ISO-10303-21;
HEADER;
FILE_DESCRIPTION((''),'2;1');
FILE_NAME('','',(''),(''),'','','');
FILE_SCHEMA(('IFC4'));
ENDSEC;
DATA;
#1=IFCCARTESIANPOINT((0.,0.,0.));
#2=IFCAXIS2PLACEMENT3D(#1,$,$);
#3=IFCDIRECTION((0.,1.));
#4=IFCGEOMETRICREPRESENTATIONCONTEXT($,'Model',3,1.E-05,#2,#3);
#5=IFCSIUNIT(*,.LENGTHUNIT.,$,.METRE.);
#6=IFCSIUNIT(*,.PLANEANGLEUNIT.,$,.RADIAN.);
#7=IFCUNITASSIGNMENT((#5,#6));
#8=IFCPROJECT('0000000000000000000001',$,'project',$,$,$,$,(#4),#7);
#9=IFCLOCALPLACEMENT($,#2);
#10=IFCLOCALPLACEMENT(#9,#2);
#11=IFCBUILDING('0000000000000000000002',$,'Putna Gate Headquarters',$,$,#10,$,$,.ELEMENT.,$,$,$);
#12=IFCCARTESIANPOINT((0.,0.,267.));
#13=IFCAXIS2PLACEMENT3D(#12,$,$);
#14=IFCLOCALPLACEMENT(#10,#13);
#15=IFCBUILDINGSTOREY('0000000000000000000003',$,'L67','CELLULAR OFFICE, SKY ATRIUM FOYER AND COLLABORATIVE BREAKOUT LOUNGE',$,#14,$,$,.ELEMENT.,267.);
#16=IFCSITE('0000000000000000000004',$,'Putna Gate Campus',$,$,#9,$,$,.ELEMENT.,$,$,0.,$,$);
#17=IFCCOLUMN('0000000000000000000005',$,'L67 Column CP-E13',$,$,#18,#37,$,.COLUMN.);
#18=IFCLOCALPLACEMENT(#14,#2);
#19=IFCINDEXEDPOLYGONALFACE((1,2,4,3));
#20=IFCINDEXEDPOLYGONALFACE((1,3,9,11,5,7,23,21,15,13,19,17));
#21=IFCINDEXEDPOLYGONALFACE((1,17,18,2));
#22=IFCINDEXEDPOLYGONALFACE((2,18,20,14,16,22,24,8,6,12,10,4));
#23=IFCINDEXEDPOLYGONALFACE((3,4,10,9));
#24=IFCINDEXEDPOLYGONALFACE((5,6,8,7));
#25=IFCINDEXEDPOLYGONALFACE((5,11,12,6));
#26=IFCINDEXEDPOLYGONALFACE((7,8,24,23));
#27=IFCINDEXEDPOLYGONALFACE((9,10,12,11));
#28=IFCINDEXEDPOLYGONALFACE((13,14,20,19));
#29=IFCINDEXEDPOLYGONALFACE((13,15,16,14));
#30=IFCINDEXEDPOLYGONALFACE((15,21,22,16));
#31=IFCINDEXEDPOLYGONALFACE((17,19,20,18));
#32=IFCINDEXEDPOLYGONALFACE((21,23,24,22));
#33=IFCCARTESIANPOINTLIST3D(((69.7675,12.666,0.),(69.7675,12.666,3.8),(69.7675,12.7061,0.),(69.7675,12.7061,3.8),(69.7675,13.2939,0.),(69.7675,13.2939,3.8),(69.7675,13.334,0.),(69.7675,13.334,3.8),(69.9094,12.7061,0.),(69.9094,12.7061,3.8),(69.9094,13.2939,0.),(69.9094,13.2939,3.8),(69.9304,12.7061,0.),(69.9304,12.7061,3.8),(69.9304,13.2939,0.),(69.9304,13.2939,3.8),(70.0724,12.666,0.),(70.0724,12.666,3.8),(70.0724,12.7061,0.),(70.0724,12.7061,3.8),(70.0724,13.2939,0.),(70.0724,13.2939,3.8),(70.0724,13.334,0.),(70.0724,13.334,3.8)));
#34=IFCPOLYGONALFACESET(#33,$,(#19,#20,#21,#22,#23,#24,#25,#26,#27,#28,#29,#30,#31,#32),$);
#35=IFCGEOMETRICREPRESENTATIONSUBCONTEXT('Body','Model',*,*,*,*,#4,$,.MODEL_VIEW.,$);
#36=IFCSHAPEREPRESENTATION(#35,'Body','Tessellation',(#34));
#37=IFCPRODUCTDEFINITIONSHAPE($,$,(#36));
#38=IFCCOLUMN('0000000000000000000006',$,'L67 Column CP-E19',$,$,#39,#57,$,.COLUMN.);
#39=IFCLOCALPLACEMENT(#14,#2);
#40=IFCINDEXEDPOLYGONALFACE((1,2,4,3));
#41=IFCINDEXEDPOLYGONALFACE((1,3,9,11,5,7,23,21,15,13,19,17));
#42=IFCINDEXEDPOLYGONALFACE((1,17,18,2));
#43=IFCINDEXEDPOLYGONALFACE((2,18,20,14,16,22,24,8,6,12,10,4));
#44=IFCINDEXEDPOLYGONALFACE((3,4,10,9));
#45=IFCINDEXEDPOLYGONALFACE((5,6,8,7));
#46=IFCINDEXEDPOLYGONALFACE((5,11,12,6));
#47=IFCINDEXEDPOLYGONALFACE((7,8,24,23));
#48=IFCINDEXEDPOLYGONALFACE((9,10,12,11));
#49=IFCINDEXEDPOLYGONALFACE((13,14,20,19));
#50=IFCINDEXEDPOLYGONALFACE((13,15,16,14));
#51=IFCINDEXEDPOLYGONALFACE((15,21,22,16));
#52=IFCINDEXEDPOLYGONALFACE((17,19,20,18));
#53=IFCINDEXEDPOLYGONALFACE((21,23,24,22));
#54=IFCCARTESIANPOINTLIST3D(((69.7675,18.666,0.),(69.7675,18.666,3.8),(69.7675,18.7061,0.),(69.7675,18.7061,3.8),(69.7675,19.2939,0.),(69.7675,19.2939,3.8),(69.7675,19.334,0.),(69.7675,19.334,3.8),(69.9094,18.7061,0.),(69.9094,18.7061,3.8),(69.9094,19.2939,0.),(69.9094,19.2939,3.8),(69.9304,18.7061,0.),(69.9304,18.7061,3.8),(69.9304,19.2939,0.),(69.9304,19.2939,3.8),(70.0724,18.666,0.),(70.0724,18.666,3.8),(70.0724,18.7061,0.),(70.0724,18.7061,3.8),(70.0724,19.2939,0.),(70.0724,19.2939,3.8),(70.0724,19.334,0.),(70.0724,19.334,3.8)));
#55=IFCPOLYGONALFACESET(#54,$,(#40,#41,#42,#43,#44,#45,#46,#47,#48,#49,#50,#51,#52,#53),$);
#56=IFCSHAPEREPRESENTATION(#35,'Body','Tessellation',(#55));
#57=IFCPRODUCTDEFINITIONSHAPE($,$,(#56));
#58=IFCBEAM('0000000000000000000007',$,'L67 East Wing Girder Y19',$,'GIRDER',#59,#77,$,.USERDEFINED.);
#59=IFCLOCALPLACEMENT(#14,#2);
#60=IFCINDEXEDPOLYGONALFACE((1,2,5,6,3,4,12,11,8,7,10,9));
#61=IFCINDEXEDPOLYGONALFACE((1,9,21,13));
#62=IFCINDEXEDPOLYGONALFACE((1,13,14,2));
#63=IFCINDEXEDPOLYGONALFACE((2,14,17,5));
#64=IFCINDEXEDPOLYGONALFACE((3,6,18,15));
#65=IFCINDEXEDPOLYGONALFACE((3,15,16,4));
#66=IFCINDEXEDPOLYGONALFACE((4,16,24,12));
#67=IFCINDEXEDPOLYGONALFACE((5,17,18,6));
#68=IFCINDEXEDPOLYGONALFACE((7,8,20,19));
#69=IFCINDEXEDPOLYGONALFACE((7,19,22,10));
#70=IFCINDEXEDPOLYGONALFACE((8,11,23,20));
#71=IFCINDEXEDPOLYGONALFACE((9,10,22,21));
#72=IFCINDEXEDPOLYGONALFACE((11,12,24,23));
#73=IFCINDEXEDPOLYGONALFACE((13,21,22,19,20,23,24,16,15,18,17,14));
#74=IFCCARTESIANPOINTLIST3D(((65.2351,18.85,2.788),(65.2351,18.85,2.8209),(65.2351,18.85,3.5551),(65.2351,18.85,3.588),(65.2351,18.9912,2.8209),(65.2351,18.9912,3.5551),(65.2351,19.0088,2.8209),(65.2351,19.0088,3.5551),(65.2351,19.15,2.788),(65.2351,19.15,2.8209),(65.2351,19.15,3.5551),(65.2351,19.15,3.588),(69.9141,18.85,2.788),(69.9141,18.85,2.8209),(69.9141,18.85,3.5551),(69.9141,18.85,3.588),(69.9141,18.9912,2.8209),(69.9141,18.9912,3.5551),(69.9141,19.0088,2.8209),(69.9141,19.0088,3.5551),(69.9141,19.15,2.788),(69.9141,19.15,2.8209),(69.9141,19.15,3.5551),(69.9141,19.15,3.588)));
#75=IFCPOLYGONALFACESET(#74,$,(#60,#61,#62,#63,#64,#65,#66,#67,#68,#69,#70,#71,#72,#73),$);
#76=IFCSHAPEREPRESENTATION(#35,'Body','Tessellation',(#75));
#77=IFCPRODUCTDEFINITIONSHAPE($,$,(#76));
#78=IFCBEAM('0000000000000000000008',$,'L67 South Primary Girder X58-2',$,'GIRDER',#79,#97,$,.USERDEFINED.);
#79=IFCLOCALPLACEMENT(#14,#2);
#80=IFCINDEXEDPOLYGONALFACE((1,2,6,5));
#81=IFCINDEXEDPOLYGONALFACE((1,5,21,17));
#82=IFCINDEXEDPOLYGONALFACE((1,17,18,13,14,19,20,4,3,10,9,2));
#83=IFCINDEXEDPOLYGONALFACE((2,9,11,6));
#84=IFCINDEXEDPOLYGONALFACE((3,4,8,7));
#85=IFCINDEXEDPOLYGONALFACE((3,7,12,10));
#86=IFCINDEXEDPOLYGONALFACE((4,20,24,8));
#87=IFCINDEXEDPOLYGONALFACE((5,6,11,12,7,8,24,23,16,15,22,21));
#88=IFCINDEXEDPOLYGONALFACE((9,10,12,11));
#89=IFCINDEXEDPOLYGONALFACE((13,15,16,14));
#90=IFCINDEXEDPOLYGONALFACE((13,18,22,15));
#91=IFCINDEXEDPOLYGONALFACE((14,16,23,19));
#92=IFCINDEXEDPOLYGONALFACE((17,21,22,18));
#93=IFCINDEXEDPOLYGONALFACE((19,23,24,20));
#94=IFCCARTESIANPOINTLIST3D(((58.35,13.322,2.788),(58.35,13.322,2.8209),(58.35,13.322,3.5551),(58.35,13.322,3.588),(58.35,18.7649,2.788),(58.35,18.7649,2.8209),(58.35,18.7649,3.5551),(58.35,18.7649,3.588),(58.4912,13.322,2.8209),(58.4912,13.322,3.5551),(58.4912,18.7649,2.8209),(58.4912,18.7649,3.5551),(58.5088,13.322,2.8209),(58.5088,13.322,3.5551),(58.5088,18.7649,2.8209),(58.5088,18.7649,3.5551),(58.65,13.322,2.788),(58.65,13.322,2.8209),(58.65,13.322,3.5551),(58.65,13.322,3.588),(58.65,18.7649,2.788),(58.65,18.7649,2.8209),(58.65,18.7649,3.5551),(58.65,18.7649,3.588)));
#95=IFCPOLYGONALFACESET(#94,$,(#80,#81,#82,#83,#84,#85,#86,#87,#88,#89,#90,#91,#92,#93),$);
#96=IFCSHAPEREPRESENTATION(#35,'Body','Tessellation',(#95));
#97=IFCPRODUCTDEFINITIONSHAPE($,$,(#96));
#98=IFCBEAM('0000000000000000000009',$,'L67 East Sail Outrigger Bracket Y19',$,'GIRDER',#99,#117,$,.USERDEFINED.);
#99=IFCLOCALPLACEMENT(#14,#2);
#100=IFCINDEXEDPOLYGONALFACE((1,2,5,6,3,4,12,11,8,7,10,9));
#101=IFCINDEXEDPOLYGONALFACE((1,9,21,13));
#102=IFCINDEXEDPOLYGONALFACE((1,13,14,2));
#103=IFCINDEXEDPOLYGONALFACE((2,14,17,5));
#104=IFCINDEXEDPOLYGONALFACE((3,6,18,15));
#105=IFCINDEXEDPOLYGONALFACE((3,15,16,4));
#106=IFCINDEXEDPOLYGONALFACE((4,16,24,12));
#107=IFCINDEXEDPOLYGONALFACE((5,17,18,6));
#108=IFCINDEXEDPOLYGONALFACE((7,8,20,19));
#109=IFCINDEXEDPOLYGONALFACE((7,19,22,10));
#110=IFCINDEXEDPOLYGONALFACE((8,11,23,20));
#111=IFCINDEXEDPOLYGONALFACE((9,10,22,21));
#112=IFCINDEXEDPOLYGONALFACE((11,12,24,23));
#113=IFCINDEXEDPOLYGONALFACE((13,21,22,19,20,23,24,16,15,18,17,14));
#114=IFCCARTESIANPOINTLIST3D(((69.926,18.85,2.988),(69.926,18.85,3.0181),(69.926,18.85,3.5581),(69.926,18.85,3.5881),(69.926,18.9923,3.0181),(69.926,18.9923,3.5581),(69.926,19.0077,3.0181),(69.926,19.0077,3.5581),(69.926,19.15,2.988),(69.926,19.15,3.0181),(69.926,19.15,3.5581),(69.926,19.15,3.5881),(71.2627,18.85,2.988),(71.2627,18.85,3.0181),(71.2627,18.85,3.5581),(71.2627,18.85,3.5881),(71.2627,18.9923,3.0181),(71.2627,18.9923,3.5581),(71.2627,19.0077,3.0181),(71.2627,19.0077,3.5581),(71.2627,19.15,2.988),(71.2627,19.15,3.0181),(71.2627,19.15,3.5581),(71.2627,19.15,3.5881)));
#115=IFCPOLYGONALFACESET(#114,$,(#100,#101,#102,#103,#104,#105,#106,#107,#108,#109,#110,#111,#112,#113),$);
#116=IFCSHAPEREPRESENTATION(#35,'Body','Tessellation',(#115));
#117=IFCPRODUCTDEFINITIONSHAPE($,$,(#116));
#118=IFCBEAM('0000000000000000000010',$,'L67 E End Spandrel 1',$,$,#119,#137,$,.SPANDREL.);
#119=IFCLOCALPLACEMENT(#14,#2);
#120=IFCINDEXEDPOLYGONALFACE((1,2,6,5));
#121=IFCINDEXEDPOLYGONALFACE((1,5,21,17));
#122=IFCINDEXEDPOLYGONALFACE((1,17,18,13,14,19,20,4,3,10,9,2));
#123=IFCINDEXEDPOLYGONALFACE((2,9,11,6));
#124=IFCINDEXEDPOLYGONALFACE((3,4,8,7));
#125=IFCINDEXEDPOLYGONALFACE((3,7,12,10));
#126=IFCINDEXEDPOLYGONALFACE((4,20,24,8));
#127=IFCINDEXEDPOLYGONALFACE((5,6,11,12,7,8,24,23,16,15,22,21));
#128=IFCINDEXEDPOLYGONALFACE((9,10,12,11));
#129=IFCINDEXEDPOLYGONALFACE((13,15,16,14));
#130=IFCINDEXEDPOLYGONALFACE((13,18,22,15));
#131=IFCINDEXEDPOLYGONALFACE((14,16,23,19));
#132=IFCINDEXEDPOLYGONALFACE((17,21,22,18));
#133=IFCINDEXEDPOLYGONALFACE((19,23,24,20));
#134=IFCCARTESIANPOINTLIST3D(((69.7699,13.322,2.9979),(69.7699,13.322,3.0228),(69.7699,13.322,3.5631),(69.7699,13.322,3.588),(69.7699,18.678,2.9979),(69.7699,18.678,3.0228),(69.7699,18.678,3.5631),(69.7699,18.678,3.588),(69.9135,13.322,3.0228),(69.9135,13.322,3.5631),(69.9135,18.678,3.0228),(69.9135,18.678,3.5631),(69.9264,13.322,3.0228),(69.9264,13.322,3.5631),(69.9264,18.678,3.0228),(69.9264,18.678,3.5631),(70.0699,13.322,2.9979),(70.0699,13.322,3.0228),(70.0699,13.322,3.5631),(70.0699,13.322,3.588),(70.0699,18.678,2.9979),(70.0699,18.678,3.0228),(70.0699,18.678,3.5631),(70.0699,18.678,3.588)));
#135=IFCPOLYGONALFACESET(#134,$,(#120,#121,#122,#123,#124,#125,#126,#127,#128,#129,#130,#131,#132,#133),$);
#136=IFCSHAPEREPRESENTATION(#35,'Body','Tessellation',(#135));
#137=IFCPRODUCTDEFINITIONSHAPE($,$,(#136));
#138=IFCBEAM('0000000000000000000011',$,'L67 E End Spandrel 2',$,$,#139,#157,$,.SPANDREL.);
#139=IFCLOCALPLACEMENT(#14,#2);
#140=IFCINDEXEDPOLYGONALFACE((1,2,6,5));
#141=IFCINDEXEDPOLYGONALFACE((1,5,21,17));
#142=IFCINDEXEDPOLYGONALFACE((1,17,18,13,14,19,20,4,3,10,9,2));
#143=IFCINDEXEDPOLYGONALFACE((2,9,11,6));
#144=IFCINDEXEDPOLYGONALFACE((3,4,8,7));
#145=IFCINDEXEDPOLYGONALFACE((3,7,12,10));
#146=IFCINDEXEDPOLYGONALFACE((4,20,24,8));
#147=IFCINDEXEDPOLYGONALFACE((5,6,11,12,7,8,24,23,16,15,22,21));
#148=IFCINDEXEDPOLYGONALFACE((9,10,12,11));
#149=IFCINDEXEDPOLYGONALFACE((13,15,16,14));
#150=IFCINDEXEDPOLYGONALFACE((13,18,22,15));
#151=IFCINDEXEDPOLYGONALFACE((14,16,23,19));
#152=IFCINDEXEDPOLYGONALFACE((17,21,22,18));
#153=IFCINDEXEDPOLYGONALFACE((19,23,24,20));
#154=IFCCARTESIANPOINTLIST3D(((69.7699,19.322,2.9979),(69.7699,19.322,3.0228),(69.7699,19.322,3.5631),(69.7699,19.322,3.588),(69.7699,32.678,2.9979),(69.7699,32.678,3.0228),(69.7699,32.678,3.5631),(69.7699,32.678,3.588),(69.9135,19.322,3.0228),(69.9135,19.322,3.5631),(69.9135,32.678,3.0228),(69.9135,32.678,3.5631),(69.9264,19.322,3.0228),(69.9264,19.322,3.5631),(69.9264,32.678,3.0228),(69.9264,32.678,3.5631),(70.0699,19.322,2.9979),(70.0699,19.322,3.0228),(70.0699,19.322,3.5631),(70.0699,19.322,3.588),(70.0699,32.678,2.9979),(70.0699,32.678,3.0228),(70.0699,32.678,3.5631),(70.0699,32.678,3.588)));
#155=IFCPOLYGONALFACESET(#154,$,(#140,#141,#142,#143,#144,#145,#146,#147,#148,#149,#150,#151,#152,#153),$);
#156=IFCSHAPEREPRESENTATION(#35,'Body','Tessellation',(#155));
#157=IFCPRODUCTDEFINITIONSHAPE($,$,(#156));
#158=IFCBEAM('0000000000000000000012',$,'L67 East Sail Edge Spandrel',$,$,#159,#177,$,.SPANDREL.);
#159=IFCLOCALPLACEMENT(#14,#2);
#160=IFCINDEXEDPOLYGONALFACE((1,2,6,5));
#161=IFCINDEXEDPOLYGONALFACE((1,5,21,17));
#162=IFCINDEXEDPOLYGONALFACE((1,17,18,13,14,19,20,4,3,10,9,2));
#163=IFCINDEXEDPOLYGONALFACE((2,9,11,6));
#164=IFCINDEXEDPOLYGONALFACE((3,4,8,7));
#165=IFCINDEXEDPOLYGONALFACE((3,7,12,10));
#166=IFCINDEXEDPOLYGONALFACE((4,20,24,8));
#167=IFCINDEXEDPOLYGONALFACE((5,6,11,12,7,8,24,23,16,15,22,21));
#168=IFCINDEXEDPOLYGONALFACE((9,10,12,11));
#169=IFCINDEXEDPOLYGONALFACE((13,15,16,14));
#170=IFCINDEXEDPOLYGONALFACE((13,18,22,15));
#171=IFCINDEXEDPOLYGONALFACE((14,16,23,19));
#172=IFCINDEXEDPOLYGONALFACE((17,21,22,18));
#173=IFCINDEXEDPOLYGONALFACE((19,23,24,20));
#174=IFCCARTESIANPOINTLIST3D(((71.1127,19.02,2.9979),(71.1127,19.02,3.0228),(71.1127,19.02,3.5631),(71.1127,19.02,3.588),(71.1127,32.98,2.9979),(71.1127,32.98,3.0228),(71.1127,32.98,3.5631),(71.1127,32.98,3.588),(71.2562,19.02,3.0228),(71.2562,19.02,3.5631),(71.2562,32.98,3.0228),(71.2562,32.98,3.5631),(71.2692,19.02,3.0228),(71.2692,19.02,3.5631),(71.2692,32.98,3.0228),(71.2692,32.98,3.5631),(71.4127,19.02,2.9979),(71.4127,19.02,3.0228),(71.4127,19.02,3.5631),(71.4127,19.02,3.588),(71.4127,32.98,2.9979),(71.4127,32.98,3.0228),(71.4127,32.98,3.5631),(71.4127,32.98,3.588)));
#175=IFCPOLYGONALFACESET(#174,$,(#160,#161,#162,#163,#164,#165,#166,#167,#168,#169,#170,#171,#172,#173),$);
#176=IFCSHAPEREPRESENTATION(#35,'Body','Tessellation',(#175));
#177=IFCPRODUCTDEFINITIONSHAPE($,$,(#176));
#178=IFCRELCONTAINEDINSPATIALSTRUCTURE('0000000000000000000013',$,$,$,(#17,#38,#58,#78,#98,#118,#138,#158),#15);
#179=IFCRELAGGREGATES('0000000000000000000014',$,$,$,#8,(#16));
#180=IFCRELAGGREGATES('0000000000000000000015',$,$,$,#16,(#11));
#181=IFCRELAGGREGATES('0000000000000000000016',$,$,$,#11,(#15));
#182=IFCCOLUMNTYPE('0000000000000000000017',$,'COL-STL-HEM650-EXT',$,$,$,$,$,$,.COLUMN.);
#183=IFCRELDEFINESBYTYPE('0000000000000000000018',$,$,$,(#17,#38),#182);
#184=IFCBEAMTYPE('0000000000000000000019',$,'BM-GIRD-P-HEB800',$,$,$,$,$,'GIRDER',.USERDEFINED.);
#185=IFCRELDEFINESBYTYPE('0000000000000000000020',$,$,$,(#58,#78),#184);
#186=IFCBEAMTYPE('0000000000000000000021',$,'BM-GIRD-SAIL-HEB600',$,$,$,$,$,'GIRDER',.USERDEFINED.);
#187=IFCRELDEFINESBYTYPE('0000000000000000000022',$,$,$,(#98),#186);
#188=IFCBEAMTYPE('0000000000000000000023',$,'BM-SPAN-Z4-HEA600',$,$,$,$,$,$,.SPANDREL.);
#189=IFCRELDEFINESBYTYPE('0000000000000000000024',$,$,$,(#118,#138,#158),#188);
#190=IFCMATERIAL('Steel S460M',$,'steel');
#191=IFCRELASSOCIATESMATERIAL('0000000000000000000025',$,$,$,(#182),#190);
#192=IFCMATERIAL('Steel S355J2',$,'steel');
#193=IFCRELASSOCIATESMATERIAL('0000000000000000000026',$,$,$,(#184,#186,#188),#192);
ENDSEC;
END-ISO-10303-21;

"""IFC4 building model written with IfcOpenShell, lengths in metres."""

from ifc_helpers import new_model, si_unit, direction, frame, origin, origin_2d, place, context, subcontext, project, spatial, i_section, extrude, material, material_profile, profile_set, type_object, element, save


model = new_model("IFC4")

# Units and contexts
model_context = context("Model", 3, precision=1e-05, world=origin(), true_north=direction((0.0, 1.0)))
body_context = subcontext(model_context, "Body", "Model", "MODEL_VIEW")
ifc_project = project(units=[si_unit("LENGTHUNIT", "METRE"), si_unit("PLANEANGLEUNIT", "RADIAN")], contexts=[model_context])

# Site, building, storey
site_placement = place(None, origin())
site = spatial("IfcSite", under=ifc_project, at=site_placement, Name="Putna Gate Campus", CompositionType="ELEMENT", RefElevation=0.0)
building_placement = place(site_placement, origin())
building = spatial("IfcBuilding", under=site, at=building_placement, Name="Putna Gate Headquarters", CompositionType="ELEMENT")
storey_placement = place(building_placement, frame((0.0, 0.0, 267.0)))
storey = spatial("IfcBuildingStorey", under=building, at=storey_placement, Name="L67", Description="CELLULAR OFFICE, SKY ATRIUM FOYER AND COLLABORATIVE BREAKOUT LOUNGE", CompositionType="ELEMENT", Elevation=267.0)

# Columns
ifc_material_1 = material(Name="Steel S460M", Category="steel")
ifc_material_profile_1 = material_profile(ifc_material_1, i_section(OverallWidth=0.3049, OverallDepth=0.668, WebThickness=0.021, FlangeThickness=0.04, at=origin_2d()), Name="Steel S460M")
ifc_profile_set_1 = profile_set([ifc_material_profile_1], Name="Steel S460M")
column_type = type_object("IfcColumnType", Name="COL-STL-HEM650-EXT", PredefinedType="COLUMN", material=ifc_profile_set_1)
for number, where, z_axis, x_axis, name in (
    (1, (69.9199, 13.0, 0.0), (0.0, 0.0, 1.0), (1.0, 0.0, 0.0), "L67 Column CP-E13"),
    (2, (69.9199, 19.0, 0.0), (0.0, 0.0, 1.0), (1.0, 0.0, 0.0), "L67 Column CP-E19"),
):
    element("IfcColumn", number, at=place(storey_placement, frame(where, z_axis=z_axis, x_axis=x_axis)), inside=storey, type_object=column_type, Name=name, PredefinedType="COLUMN", context=body_context, shape_type="SweptSolid", body=[
        extrude(i_section(OverallWidth=0.3049, OverallDepth=0.668, WebThickness=0.021, FlangeThickness=0.04, at=origin_2d()), origin(), (0.0, 0.0, 1.0), 3.8),
    ])

# Beams
ifc_material_2 = material(Name="Steel S355J2", Category="steel")
ifc_material_profile_2 = material_profile(ifc_material_2, i_section(OverallWidth=0.3, OverallDepth=0.8, WebThickness=0.0176, FlangeThickness=0.033, at=origin_2d()), Name="Steel S355J2")
ifc_profile_set_2 = profile_set([ifc_material_profile_2], Name="Steel S355J2")
beam_type_1 = type_object("IfcBeamType", Name="BM-GIRD-P-HEB800", ElementType="GIRDER", PredefinedType="USERDEFINED", material=ifc_profile_set_2)
beam_1_placement = place(storey_placement, frame((65.2351, 19.0, 3.188), z_axis=(1.0, 0.0, 0.0), x_axis=(0.0, 1.0, 0.0)))
element("IfcBeam", 3, at=beam_1_placement, inside=storey, type_object=beam_type_1, Name="L67 East Wing Girder Y19", ObjectType="GIRDER", PredefinedType="USERDEFINED", context=body_context, shape_type="SweptSolid", body=[
    extrude(i_section(OverallWidth=0.3, OverallDepth=0.8, WebThickness=0.0176, FlangeThickness=0.033, at=origin_2d()), origin(), (0.0, 0.0, 1.0), 4.679),
])
beam_2_placement = place(storey_placement, frame((58.5, 13.322, 3.188), z_axis=(0.0, 1.0, 0.0), x_axis=(-1.0, 0.0, 0.0)))
element("IfcBeam", 4, at=beam_2_placement, inside=storey, type_object=beam_type_1, Name="L67 South Primary Girder X58-2", ObjectType="GIRDER", PredefinedType="USERDEFINED", context=body_context, shape_type="SweptSolid", body=[
    extrude(i_section(OverallWidth=0.3, OverallDepth=0.8, WebThickness=0.0176, FlangeThickness=0.033, at=origin_2d()), origin(), (0.0, 0.0, 1.0), 5.4429),
])
ifc_material_profile_3 = material_profile(ifc_material_2, i_section(OverallWidth=0.3, OverallDepth=0.6001, WebThickness=0.0154, FlangeThickness=0.03, at=origin_2d()), Name="Steel S355J2")
ifc_profile_set_3 = profile_set([ifc_material_profile_3], Name="Steel S355J2")
beam_type_2 = type_object("IfcBeamType", Name="BM-GIRD-SAIL-HEB600", ElementType="GIRDER", PredefinedType="USERDEFINED", material=ifc_profile_set_3)
beam_3_placement = place(storey_placement, frame((69.926, 19.0, 3.2881), z_axis=(1.0, 0.0, 0.0), x_axis=(0.0, 1.0, 0.0)))
element("IfcBeam", 5, at=beam_3_placement, inside=storey, type_object=beam_type_2, Name="L67 East Sail Outrigger Bracket Y19", ObjectType="GIRDER", PredefinedType="USERDEFINED", context=body_context, shape_type="SweptSolid", body=[
    extrude(i_section(OverallWidth=0.3, OverallDepth=0.6001, WebThickness=0.0154, FlangeThickness=0.03, at=origin_2d()), origin(), (0.0, 0.0, 1.0), 1.3367),
])
ifc_material_profile_4 = material_profile(ifc_material_2, i_section(OverallWidth=0.3, OverallDepth=0.5901, WebThickness=0.0129, FlangeThickness=0.0249, at=origin_2d()), Name="Steel S355J2")
ifc_profile_set_4 = profile_set([ifc_material_profile_4], Name="Steel S355J2")
beam_type_3 = type_object("IfcBeamType", Name="BM-SPAN-Z4-HEA600", PredefinedType="SPANDREL", material=ifc_profile_set_4)
beam_4_placement = place(storey_placement, frame((69.9199, 13.322, 3.293), z_axis=(0.0, 1.0, 0.0), x_axis=(-1.0, 0.0, 0.0)))
element("IfcBeam", 6, at=beam_4_placement, inside=storey, type_object=beam_type_3, Name="L67 E End Spandrel 1", PredefinedType="SPANDREL", context=body_context, shape_type="SweptSolid", body=[
    extrude(i_section(OverallWidth=0.3, OverallDepth=0.5901, WebThickness=0.0129, FlangeThickness=0.0249, at=origin_2d()), origin(), (0.0, 0.0, 1.0), 5.356),
])
beam_5_placement = place(storey_placement, frame((69.9199, 19.322, 3.293), z_axis=(0.0, 1.0, 0.0), x_axis=(-1.0, 0.0, 0.0)))
element("IfcBeam", 7, at=beam_5_placement, inside=storey, type_object=beam_type_3, Name="L67 E End Spandrel 2", PredefinedType="SPANDREL", context=body_context, shape_type="SweptSolid", body=[
    extrude(i_section(OverallWidth=0.3, OverallDepth=0.5901, WebThickness=0.0129, FlangeThickness=0.0249, at=origin_2d()), origin(), (0.0, 0.0, 1.0), 13.356),
])
beam_6_placement = place(storey_placement, frame((71.2627, 19.02, 3.293), z_axis=(0.0, 1.0, 0.0), x_axis=(-1.0, 0.0, 0.0)))
element("IfcBeam", 8, at=beam_6_placement, inside=storey, type_object=beam_type_3, Name="L67 East Sail Edge Spandrel", PredefinedType="SPANDREL", context=body_context, shape_type="SweptSolid", body=[
    extrude(i_section(OverallWidth=0.3, OverallDepth=0.5901, WebThickness=0.0129, FlangeThickness=0.0249, at=origin_2d()), origin(), (0.0, 0.0, 1.0), 13.96),
])

save(model, "model.ifc")
